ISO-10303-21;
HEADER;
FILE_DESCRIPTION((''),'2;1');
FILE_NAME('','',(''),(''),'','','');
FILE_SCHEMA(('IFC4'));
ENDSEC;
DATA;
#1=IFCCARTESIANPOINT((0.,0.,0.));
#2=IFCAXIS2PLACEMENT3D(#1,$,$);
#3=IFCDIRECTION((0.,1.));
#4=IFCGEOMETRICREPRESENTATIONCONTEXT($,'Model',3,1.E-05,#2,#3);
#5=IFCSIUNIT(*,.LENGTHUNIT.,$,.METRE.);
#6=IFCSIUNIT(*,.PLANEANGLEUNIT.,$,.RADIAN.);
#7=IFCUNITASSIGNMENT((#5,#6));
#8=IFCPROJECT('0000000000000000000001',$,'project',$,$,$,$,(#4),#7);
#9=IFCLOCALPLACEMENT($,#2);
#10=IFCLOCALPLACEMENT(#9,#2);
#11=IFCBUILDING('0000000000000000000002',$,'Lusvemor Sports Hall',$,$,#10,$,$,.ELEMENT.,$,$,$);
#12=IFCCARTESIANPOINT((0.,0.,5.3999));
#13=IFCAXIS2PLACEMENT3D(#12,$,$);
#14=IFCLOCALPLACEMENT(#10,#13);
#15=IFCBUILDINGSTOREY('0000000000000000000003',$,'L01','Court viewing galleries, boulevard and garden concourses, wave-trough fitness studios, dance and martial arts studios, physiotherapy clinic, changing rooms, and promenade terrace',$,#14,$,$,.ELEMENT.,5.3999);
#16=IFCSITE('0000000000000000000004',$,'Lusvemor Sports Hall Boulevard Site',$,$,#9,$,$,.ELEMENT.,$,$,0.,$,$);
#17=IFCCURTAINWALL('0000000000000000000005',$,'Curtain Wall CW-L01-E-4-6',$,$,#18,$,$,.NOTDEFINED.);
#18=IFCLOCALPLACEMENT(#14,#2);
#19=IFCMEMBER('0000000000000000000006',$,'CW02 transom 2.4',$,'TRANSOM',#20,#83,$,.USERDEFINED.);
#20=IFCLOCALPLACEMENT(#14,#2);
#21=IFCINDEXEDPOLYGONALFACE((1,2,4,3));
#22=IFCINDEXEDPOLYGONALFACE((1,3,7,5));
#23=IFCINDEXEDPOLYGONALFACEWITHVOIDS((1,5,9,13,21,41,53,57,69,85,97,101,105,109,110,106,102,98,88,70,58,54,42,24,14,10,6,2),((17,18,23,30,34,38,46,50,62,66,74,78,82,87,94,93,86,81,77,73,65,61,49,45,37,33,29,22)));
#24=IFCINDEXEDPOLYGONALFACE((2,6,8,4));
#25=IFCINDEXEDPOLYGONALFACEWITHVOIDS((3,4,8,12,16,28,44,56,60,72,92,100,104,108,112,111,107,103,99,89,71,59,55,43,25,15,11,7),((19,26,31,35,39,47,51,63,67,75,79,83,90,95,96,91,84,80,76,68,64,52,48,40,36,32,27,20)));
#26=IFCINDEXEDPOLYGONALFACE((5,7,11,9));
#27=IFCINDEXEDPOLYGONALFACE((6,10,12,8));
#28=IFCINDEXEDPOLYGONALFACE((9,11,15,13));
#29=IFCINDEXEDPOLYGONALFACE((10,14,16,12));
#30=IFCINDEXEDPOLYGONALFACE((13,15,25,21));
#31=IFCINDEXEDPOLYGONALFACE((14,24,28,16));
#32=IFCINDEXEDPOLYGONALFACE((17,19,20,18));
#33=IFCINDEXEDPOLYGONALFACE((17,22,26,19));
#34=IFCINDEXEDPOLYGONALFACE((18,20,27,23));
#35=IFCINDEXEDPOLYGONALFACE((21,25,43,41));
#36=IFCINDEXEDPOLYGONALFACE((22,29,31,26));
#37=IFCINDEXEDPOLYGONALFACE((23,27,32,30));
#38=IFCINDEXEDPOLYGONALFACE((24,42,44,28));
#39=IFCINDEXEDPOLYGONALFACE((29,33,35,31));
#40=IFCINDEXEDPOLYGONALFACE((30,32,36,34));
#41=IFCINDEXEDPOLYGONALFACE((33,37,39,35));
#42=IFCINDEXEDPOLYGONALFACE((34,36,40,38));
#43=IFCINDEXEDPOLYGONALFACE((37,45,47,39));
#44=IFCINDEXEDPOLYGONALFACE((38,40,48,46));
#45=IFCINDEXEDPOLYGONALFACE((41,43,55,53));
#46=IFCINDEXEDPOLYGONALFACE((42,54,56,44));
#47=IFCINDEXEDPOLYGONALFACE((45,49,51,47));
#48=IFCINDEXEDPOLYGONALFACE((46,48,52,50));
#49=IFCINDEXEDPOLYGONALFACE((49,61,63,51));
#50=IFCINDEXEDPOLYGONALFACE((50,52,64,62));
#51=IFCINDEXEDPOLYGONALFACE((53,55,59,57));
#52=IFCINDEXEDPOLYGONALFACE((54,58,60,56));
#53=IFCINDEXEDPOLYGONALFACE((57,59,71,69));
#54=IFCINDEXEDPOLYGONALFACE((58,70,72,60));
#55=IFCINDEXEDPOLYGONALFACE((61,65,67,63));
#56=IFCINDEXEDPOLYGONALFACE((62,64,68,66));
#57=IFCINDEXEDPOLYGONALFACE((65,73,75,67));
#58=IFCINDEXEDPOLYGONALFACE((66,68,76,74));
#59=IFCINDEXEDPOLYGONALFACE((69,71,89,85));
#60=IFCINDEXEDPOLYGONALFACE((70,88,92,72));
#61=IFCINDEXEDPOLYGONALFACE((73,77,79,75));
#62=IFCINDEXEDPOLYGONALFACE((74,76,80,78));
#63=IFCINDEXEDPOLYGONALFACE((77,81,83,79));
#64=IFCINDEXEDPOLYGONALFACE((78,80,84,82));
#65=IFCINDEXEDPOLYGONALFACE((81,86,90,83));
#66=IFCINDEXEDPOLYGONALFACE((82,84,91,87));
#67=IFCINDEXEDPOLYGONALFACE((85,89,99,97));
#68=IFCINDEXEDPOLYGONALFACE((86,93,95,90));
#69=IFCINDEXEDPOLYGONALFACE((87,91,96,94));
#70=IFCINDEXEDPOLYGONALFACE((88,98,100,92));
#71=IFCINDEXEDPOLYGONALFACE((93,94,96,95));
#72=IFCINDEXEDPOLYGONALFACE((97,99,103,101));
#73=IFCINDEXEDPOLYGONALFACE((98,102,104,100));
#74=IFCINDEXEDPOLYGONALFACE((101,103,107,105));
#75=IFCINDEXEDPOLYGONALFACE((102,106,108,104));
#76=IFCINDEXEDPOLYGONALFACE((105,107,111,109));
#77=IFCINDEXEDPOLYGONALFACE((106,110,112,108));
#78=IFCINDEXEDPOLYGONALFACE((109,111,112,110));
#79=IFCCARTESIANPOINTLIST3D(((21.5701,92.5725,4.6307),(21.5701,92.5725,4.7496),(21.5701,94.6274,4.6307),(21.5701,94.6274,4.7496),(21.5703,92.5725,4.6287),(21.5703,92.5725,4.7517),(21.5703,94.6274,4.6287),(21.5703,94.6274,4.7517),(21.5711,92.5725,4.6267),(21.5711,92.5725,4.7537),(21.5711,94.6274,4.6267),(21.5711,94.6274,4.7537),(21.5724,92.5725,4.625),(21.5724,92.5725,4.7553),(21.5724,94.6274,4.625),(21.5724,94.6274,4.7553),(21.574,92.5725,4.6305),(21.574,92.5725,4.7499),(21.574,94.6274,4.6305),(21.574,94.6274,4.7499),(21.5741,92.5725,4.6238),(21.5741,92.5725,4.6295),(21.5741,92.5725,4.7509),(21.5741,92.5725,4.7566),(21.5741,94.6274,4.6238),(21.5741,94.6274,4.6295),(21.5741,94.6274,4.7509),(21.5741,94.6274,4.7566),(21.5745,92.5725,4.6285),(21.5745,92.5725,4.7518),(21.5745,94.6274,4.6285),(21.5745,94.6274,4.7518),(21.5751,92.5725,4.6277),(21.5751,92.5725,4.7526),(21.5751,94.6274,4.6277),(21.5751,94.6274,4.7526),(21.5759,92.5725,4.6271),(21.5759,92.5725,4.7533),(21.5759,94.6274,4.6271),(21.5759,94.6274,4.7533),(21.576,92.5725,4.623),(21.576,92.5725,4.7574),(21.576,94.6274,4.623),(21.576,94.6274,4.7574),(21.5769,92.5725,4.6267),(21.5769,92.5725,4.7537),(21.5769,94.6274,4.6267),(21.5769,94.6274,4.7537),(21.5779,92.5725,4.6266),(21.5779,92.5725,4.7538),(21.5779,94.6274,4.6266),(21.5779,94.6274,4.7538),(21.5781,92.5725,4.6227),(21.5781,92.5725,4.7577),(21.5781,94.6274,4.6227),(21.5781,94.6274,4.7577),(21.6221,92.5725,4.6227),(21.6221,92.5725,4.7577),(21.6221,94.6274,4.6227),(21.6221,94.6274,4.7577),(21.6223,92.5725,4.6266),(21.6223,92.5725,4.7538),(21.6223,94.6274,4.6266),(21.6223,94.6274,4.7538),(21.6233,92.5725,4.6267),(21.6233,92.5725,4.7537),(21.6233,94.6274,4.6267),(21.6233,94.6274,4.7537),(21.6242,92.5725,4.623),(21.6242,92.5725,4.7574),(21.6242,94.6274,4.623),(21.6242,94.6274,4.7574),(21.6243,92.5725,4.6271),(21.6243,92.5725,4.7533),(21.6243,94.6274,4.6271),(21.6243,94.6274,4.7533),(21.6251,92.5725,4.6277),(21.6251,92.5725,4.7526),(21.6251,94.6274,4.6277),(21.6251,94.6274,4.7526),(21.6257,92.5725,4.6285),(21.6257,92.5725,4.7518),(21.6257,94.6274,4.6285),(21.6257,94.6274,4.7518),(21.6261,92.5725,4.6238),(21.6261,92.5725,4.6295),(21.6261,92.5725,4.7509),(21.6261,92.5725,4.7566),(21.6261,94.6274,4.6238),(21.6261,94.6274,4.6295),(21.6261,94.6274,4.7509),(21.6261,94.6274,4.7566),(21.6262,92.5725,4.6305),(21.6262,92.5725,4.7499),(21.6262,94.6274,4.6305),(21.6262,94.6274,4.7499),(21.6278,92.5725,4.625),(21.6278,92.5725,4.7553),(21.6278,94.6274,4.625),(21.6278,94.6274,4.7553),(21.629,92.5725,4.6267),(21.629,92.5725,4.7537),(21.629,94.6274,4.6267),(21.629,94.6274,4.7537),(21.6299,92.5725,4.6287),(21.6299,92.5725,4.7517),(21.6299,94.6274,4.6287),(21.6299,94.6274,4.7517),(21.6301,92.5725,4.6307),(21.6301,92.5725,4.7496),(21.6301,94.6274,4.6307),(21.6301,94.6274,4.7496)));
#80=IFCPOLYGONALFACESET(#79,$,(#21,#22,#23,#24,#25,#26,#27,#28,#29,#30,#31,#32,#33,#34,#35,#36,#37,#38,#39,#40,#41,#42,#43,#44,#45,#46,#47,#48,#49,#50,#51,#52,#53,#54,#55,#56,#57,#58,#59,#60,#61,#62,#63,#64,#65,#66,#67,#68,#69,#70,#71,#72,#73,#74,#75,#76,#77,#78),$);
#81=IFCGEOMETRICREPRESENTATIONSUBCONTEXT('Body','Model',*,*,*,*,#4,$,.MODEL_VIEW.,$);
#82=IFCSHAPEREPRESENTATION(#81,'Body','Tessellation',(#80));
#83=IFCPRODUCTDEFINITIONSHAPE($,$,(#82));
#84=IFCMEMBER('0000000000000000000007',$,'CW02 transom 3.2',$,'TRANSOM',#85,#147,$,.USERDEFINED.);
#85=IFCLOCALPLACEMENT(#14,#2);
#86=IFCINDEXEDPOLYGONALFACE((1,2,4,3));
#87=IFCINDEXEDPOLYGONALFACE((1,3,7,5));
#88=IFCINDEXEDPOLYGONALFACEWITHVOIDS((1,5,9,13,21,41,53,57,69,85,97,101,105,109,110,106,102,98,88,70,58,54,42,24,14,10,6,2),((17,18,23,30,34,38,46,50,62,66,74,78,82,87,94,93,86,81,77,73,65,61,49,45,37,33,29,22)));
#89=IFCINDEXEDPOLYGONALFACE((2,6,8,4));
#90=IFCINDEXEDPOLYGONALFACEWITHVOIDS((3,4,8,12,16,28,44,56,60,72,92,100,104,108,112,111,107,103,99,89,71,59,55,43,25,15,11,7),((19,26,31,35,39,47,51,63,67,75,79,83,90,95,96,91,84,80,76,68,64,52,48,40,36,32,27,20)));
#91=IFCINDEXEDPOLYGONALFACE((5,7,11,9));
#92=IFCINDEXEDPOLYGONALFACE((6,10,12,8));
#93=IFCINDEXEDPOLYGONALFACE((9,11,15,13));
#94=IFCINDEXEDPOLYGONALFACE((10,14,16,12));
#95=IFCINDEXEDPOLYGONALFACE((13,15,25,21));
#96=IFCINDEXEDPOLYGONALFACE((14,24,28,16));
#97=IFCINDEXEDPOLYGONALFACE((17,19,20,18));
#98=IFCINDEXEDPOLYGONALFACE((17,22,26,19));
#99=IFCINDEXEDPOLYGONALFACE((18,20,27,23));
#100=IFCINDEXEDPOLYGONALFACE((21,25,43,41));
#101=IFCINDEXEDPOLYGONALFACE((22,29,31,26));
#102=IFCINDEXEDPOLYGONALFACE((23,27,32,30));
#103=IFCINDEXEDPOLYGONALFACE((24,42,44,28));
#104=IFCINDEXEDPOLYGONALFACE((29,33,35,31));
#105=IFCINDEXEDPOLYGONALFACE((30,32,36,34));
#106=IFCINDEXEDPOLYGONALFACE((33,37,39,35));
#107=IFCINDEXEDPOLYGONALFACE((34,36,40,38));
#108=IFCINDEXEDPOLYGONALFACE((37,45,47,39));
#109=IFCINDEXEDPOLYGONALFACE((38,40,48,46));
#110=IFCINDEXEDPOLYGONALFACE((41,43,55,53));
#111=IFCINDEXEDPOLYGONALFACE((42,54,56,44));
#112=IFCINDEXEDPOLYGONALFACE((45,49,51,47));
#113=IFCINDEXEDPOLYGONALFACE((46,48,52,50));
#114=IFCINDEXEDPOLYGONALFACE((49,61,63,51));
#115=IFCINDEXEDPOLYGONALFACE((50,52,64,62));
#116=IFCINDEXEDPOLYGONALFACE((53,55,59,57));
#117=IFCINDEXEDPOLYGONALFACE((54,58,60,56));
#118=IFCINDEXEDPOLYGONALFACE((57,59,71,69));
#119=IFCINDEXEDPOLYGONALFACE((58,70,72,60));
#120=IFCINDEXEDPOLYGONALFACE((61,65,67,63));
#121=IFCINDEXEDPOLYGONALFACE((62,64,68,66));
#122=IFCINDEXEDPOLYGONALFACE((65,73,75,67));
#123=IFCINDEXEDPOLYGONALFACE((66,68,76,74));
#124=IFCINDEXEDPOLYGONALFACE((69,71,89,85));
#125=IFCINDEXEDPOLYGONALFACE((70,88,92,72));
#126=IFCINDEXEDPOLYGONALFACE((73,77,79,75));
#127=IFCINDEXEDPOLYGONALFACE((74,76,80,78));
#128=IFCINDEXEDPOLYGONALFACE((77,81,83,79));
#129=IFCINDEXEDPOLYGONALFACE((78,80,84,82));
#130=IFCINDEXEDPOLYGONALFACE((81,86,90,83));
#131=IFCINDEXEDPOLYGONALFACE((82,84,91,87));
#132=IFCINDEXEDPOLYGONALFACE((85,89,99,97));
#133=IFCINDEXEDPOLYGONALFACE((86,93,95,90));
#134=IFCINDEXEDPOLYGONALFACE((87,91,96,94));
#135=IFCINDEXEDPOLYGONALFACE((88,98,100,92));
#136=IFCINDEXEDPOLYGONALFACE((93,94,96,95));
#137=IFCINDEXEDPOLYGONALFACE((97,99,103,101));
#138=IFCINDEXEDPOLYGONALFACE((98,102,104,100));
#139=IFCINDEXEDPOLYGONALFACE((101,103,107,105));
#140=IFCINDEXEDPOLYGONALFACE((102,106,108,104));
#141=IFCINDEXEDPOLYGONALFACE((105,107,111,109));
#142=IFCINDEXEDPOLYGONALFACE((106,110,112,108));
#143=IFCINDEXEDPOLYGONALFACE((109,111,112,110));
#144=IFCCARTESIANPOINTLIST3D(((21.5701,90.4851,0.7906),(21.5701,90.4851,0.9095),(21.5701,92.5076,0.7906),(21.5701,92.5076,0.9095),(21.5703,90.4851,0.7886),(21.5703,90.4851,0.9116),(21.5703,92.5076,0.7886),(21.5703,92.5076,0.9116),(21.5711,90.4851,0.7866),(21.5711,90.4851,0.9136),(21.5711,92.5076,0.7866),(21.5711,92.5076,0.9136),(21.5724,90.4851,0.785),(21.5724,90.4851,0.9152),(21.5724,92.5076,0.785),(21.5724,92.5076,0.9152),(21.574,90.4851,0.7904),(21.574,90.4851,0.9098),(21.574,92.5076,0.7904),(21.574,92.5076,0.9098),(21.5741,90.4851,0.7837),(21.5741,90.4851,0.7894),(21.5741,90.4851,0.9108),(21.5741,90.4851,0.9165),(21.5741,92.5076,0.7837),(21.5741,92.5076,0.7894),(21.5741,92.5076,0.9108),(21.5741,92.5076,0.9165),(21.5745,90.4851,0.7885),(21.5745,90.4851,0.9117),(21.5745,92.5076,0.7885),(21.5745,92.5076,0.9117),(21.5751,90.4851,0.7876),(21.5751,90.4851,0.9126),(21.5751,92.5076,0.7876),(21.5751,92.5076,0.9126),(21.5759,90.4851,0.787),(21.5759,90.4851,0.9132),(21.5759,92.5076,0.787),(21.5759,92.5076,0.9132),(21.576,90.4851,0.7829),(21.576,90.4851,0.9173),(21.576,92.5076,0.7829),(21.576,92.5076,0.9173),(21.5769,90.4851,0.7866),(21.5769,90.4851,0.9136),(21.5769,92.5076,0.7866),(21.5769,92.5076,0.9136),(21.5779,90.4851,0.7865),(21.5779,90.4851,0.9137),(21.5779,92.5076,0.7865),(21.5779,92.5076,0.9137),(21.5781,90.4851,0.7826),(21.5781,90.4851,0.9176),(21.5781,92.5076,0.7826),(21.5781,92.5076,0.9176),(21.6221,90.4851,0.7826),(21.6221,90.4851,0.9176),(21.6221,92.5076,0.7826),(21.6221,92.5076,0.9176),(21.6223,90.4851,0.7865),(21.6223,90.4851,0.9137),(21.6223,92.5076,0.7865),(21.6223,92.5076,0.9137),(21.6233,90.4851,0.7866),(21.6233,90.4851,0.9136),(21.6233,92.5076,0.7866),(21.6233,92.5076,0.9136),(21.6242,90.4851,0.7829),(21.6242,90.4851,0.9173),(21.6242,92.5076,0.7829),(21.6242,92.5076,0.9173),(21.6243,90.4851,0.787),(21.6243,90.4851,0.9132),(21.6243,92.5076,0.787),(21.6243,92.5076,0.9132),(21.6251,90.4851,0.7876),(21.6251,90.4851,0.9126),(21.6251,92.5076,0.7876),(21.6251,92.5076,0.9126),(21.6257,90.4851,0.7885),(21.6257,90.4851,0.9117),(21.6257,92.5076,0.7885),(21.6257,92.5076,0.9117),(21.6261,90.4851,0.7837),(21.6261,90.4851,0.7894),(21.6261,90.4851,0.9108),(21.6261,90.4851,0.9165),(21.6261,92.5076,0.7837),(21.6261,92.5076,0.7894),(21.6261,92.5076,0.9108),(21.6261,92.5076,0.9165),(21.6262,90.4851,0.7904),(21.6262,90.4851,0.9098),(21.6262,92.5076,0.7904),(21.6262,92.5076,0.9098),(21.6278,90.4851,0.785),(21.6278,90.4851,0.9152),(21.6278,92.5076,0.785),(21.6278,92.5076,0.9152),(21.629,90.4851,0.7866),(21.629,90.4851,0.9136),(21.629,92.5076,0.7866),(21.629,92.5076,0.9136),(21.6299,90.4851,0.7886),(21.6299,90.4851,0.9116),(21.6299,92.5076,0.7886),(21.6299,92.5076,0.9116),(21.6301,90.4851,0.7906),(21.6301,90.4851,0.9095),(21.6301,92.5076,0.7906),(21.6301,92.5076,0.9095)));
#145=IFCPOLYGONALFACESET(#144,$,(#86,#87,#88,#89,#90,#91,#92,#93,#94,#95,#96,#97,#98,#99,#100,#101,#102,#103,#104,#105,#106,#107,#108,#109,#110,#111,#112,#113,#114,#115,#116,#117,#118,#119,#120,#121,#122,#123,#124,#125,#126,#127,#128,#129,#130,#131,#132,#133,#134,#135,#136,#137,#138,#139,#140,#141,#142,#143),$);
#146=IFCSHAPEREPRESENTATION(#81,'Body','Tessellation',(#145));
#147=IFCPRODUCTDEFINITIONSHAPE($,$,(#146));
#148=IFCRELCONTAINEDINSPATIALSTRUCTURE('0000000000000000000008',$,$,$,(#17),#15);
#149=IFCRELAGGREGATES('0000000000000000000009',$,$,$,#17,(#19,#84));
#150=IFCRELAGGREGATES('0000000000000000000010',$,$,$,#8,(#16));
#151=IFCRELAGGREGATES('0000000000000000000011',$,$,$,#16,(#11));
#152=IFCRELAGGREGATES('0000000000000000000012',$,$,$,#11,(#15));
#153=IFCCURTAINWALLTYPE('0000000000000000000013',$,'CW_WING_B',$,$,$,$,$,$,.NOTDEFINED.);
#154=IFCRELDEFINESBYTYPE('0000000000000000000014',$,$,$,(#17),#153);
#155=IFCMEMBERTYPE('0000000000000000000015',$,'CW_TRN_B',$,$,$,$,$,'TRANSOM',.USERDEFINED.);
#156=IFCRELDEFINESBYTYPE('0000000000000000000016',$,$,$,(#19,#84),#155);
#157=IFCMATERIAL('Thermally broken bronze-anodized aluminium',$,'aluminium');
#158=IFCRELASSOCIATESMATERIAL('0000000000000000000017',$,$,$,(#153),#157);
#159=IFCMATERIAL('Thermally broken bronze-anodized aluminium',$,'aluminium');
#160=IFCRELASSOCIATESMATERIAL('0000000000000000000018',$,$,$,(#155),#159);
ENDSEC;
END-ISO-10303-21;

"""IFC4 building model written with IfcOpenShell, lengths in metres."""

from ifc_helpers import new_model, si_unit, direction, frame, origin, origin_2d, place, context, subcontext, project, spatial, hollow_rectangle, extrude, material, material_profile, profile_set, type_object, element, aggregate, save


model = new_model("IFC4")

# Units and contexts
model_context = context("Model", 3, precision=1e-05, world=origin(), true_north=direction((0.0, 1.0)))
body_context = subcontext(model_context, "Body", "Model", "MODEL_VIEW")
ifc_project = project(units=[si_unit("LENGTHUNIT", "METRE"), si_unit("PLANEANGLEUNIT", "RADIAN")], contexts=[model_context])

# Site, building, storey
site_placement = place(None, origin())
site = spatial("IfcSite", under=ifc_project, at=site_placement, Name="Lusvemor Sports Hall Boulevard Site", CompositionType="ELEMENT", RefElevation=0.0)
building_placement = place(site_placement, origin())
building = spatial("IfcBuilding", under=site, at=building_placement, Name="Lusvemor Sports Hall", CompositionType="ELEMENT")
storey_placement = place(building_placement, frame((0.0, 0.0, 5.3999)))
storey = spatial("IfcBuildingStorey", under=building, at=storey_placement, Name="L01", Description="Court viewing galleries, boulevard and garden concourses, wave-trough fitness studios, dance and martial arts studios, physiotherapy clinic, changing rooms, and promenade terrace", CompositionType="ELEMENT", Elevation=5.3999)

# Shared definitions
ifc_material_1 = material(Name="Thermally broken bronze-anodized aluminium", Category="aluminium")
curtain_wall_type = type_object("IfcCurtainWallType", Name="CW_WING_B", PredefinedType="NOTDEFINED", material=ifc_material_1)

# Curtain wall
curtain_wall_1_placement = place(storey_placement, origin())
curtain_wall_1 = element("IfcCurtainWall", 1, at=curtain_wall_1_placement, inside=storey, type_object=curtain_wall_type, Name="Curtain Wall CW-L01-E-4-6", PredefinedType="NOTDEFINED")

# Members
ifc_material_2 = material(Name="Thermally broken bronze-anodized aluminium", Category="aluminium")
ifc_material_profile_1 = material_profile(ifc_material_2, hollow_rectangle(XDim=0.0601, YDim=0.135, WallThickness=0.0039, InnerFilletRadius=0.0039, OuterFilletRadius=0.0081, at=origin_2d()), Name="CWTRN135x60x4")
ifc_profile_set_1 = profile_set([ifc_material_profile_1], Name="Thermally broken bronze-anodized aluminium")
member_type_1 = type_object("IfcMemberType", Name="CW_TRN_B", ElementType="TRANSOM", PredefinedType="USERDEFINED", material=ifc_profile_set_1)
member_1_placement = place(storey_placement, frame((21.6001, 94.6274, 4.6902), z_axis=(0.0, -1.0, 0.0), x_axis=(1.0, 0.0, 0.0)))
member_1 = element("IfcMember", 2, at=member_1_placement, type_object=member_type_1, Name="CW02 transom 2.4", ObjectType="TRANSOM", PredefinedType="USERDEFINED", context=body_context, shape_type="SweptSolid", body=[
    extrude(hollow_rectangle(XDim=0.0601, YDim=0.135, WallThickness=0.0039, InnerFilletRadius=0.0039, OuterFilletRadius=0.0081, at=origin_2d()), origin(), (0.0, 0.0, 1.0), 2.0549),
])
member_2_placement = place(storey_placement, frame((21.6001, 92.5076, 0.8501), z_axis=(0.0, -1.0, 0.0), x_axis=(1.0, 0.0, 0.0)))
member_2 = element("IfcMember", 3, at=member_2_placement, type_object=member_type_1, Name="CW02 transom 3.2", ObjectType="TRANSOM", PredefinedType="USERDEFINED", context=body_context, shape_type="SweptSolid", body=[
    extrude(hollow_rectangle(XDim=0.0601, YDim=0.135, WallThickness=0.0039, InnerFilletRadius=0.0039, OuterFilletRadius=0.0081, at=origin_2d()), origin(), (0.0, 0.0, 1.0), 2.0225),
])

aggregate(curtain_wall_1, [member_1, member_2])

save(model, "model.ifc")
